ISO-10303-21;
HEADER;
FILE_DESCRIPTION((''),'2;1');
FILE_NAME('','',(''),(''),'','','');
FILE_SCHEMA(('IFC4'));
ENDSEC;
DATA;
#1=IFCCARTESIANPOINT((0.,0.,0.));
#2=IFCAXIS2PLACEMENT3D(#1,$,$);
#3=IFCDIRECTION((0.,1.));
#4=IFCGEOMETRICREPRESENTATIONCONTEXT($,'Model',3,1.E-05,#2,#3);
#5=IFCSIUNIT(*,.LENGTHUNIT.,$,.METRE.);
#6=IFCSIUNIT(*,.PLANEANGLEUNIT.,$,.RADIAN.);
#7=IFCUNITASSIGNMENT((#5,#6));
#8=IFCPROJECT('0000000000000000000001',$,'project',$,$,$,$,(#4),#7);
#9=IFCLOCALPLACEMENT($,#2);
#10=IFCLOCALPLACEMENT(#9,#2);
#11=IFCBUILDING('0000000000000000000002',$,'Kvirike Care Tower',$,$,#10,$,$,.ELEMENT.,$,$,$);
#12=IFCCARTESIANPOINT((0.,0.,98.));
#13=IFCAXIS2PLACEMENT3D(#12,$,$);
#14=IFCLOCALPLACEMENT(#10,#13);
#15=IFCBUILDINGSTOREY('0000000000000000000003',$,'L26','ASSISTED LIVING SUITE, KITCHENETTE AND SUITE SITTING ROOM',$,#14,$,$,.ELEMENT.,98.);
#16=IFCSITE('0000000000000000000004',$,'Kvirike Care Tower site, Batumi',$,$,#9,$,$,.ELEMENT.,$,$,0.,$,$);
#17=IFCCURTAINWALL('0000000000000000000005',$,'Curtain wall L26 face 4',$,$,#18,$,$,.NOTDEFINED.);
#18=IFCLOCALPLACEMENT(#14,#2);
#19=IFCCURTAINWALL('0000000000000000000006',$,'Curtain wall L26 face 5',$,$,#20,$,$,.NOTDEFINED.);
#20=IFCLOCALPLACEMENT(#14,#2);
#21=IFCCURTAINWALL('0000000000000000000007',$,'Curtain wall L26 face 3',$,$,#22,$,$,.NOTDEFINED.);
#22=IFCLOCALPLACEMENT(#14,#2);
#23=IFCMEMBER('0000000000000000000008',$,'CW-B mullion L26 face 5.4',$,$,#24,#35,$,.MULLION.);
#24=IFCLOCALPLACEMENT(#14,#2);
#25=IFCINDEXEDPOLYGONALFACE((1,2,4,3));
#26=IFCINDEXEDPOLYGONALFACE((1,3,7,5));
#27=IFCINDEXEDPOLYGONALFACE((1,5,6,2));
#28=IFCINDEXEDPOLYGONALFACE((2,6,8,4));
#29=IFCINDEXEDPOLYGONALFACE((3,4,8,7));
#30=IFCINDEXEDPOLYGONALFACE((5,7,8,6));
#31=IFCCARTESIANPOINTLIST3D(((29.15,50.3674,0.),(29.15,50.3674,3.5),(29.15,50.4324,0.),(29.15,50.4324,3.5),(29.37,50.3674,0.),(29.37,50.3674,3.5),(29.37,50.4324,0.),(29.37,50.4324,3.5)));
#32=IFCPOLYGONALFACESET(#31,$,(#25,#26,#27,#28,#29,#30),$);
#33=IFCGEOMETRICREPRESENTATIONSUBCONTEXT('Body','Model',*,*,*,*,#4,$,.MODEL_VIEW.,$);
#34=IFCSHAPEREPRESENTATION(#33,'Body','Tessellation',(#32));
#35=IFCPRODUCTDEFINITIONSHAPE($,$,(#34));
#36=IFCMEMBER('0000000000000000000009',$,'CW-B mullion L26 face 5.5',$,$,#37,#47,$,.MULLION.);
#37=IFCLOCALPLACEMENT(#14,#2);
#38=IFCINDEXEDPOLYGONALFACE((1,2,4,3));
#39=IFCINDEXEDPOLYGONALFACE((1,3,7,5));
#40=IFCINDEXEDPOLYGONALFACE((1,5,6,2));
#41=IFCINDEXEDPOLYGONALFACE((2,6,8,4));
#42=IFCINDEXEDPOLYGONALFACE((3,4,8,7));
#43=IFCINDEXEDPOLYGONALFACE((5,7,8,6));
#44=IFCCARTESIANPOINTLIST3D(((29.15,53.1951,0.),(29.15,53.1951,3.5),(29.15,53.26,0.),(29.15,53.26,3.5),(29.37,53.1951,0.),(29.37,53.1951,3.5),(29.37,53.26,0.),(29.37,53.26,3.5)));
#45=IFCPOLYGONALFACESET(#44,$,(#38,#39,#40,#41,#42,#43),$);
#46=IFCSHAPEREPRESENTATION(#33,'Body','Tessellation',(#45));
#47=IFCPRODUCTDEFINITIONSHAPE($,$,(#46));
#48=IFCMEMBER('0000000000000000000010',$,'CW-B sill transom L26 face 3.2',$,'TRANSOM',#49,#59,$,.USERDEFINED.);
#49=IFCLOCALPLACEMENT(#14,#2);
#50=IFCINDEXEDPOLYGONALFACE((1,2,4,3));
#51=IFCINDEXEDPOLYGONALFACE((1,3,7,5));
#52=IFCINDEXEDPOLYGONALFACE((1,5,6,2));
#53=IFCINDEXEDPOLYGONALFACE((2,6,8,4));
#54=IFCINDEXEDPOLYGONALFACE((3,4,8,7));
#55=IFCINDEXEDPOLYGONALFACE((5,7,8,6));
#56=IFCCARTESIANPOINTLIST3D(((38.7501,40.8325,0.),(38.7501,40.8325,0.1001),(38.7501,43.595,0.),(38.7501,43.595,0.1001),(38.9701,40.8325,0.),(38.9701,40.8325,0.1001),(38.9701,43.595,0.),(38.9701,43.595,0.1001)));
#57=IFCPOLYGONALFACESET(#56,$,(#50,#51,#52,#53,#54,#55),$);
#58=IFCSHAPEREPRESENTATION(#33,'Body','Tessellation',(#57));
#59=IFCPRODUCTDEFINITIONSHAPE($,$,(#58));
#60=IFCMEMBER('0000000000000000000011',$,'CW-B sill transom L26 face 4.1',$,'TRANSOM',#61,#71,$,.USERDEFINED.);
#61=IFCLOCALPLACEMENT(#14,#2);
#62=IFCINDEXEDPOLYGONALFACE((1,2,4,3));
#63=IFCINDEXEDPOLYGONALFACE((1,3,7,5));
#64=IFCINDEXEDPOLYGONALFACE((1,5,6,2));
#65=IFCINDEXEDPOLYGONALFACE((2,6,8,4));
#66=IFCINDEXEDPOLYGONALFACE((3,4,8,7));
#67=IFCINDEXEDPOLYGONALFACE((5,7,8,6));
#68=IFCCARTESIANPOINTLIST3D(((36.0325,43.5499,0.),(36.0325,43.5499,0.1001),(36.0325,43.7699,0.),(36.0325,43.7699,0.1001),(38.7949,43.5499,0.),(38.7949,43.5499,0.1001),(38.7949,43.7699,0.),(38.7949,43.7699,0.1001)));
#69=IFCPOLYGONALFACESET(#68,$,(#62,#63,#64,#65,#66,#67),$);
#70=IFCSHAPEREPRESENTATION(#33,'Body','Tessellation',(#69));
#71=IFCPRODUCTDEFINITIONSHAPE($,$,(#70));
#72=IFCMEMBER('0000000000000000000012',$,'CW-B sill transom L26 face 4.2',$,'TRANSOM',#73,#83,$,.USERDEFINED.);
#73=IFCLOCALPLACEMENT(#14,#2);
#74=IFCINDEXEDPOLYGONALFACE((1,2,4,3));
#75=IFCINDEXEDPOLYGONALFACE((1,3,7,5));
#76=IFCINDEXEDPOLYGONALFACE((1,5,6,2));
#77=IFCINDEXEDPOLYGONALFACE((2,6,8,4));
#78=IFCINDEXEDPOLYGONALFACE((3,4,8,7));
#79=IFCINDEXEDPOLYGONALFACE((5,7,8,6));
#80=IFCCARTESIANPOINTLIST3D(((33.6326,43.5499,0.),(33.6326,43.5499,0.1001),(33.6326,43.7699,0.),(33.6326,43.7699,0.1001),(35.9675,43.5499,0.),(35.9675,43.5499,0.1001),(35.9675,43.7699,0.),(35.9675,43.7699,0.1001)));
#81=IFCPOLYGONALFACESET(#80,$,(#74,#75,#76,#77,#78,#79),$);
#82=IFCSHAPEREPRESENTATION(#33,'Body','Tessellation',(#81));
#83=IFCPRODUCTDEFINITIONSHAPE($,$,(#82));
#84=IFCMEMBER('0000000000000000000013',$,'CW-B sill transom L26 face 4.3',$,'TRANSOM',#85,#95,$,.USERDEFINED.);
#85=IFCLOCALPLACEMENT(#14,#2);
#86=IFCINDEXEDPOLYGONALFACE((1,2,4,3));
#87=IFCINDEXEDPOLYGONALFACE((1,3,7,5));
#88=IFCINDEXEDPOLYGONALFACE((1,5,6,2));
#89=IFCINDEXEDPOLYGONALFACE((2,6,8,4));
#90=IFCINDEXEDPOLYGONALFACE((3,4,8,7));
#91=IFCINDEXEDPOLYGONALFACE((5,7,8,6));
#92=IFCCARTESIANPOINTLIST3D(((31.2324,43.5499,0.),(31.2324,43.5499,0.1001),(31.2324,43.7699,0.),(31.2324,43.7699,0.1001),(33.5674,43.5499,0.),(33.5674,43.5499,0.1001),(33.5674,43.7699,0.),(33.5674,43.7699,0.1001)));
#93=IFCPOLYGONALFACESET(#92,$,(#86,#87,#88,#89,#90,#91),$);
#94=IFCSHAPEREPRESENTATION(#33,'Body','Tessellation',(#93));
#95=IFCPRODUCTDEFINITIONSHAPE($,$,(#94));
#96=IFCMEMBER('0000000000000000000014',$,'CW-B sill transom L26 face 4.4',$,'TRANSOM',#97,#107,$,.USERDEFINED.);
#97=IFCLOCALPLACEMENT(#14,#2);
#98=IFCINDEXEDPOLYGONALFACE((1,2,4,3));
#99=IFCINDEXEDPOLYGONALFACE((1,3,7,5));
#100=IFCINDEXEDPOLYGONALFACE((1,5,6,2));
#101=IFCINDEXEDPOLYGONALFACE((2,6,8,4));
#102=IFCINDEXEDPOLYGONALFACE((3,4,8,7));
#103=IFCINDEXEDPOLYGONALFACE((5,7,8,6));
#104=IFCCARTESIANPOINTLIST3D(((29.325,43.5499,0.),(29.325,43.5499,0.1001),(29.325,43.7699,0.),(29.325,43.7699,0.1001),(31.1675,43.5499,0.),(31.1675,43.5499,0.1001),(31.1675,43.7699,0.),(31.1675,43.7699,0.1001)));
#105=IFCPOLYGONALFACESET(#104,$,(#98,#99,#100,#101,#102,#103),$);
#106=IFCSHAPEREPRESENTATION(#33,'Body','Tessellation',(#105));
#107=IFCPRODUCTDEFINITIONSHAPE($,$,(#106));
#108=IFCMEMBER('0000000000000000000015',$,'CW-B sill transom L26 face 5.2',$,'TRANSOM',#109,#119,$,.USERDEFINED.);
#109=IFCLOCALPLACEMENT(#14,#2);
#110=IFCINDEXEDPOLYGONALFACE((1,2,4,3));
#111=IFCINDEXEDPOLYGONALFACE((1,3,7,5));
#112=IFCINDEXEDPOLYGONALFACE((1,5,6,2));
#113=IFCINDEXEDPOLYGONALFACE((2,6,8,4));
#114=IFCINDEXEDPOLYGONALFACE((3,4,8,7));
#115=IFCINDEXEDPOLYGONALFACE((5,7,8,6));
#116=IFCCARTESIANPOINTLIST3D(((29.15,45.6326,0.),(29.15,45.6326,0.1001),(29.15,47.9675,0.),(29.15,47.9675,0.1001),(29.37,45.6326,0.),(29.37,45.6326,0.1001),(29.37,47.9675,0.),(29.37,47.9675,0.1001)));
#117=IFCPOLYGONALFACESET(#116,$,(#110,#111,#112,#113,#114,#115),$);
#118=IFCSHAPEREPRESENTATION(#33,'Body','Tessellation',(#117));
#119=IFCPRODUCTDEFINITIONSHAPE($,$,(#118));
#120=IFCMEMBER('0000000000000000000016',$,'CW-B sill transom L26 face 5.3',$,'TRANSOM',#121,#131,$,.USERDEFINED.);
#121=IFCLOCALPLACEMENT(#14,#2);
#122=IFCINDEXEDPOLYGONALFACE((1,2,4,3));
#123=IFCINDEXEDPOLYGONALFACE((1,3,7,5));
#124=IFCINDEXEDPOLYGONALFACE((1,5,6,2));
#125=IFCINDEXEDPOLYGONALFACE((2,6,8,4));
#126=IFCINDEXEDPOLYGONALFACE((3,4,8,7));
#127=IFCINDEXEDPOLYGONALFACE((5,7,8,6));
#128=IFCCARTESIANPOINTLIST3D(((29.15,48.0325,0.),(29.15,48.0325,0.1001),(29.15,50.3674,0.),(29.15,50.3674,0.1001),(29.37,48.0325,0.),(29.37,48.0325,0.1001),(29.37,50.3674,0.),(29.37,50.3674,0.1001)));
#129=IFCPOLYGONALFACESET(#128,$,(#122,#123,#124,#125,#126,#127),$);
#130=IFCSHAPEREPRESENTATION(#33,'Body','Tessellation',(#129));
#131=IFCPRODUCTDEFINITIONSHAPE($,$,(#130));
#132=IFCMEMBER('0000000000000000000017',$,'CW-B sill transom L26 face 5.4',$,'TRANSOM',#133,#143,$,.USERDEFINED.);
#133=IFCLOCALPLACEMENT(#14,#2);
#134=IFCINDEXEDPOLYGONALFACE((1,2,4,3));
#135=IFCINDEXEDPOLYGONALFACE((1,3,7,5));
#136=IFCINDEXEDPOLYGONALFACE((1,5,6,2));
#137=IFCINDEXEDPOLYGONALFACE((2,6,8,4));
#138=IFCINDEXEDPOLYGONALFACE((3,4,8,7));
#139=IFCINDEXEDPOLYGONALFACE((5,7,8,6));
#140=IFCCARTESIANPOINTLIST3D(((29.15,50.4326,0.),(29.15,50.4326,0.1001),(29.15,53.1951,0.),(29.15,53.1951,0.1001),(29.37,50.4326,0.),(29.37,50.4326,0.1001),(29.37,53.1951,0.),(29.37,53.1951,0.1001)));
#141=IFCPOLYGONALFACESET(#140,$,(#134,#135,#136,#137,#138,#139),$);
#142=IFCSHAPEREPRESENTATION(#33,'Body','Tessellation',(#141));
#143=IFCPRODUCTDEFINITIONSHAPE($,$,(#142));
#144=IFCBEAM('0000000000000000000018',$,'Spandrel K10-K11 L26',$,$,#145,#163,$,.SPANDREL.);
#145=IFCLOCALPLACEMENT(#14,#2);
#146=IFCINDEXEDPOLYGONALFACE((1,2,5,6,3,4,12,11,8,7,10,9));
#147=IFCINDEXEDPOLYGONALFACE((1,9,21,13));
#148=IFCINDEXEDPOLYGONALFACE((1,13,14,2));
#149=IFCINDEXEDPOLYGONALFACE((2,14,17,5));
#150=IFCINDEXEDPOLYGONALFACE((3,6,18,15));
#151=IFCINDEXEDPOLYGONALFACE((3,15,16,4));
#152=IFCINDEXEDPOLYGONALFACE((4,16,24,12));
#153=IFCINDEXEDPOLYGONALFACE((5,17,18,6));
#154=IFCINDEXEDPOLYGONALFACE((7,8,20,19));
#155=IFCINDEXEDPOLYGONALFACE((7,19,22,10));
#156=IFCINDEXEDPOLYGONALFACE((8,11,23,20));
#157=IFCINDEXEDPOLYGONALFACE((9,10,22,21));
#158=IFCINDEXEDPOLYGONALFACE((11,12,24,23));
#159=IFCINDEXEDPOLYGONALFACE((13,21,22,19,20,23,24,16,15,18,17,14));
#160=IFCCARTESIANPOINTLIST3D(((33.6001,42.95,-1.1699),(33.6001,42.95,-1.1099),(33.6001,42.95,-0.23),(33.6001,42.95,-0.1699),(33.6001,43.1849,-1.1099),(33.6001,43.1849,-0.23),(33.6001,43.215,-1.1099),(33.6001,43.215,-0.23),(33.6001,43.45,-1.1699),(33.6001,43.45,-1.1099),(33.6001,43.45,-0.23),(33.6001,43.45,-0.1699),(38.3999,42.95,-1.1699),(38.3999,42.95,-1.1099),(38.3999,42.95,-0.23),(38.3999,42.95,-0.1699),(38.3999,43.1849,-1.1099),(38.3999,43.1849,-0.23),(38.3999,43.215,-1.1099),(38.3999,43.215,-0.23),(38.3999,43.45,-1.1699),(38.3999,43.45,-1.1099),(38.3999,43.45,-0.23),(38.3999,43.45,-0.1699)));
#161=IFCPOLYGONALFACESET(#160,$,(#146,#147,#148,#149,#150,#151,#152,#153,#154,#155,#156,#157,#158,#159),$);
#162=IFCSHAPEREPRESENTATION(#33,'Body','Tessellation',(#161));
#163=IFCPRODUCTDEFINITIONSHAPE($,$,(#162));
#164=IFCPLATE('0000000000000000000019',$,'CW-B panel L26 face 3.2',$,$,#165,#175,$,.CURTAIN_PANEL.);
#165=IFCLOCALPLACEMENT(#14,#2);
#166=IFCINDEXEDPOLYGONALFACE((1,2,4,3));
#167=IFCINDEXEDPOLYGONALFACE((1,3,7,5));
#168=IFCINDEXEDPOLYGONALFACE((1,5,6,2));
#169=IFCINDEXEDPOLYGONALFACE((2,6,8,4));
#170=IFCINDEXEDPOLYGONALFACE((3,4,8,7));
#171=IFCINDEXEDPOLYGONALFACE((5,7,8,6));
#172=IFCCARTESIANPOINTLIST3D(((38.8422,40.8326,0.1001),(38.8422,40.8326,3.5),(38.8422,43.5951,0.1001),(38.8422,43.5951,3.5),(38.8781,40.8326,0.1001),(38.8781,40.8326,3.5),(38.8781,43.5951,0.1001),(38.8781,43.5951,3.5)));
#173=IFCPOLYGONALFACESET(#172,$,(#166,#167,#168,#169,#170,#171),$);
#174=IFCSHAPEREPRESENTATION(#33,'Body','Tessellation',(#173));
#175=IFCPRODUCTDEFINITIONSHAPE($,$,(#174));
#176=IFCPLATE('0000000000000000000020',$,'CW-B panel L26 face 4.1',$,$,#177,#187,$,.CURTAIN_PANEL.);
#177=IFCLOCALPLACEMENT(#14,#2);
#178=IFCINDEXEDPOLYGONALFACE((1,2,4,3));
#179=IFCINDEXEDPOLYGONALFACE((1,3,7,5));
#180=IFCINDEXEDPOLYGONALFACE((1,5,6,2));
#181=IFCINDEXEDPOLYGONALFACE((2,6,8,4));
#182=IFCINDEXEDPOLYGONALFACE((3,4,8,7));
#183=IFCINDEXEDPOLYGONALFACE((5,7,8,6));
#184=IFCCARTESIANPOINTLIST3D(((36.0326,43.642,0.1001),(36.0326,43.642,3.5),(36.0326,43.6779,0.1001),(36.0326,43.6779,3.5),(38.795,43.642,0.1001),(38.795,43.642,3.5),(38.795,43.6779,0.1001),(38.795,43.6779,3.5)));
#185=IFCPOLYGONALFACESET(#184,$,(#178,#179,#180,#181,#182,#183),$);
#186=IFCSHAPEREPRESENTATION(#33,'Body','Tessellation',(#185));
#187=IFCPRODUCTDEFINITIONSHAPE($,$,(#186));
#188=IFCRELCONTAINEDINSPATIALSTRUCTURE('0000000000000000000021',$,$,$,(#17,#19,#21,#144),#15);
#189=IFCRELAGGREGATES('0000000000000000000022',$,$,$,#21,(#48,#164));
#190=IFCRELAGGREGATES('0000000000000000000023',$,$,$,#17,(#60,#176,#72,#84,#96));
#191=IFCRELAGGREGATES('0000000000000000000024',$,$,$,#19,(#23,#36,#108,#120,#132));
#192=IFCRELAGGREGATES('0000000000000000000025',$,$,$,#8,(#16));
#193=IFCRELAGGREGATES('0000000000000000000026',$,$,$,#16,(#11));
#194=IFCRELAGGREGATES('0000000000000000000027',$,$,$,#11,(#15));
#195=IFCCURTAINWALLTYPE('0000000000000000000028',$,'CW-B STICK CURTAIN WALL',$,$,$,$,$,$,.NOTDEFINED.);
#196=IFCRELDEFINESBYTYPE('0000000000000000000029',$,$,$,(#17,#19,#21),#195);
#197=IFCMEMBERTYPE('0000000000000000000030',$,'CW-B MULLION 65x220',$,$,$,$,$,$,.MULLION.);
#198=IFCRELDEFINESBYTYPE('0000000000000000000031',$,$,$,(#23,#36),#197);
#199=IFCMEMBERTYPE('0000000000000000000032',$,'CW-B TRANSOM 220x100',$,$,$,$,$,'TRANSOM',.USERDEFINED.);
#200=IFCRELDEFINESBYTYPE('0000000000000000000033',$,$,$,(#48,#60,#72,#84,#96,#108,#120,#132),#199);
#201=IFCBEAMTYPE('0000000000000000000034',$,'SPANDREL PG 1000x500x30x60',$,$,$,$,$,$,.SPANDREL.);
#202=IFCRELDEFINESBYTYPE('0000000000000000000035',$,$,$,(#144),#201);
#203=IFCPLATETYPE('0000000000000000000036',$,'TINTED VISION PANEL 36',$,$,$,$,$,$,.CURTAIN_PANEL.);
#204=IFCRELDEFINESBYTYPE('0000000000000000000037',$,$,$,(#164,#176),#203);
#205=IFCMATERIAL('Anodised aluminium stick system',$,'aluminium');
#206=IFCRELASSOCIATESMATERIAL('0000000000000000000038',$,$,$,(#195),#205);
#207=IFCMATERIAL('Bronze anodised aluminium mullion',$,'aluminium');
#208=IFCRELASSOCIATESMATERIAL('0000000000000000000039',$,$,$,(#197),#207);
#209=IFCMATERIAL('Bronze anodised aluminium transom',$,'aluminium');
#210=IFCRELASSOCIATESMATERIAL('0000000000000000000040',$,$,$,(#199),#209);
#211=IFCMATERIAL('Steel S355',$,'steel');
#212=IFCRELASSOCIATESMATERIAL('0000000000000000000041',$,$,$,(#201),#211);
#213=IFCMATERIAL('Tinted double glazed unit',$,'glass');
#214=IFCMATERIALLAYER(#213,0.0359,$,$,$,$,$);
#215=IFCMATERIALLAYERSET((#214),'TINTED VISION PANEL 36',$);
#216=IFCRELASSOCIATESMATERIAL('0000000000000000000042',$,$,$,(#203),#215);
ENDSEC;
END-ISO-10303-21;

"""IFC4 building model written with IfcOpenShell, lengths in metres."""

from ifc_helpers import new_model, si_unit, direction, frame, origin, origin_2d, place, context, subcontext, project, spatial, rectangle, i_section, extrude, material, layer, layer_set, material_profile, profile_set, type_object, element, aggregate, save


model = new_model("IFC4")

# Units and contexts
model_context = context("Model", 3, precision=1e-05, world=origin(), true_north=direction((0.0, 1.0)))
body_context = subcontext(model_context, "Body", "Model", "MODEL_VIEW")
ifc_project = project(units=[si_unit("LENGTHUNIT", "METRE"), si_unit("PLANEANGLEUNIT", "RADIAN")], contexts=[model_context])

# Site, building, storey
site_placement = place(None, origin())
site = spatial("IfcSite", under=ifc_project, at=site_placement, Name="Kvirike Care Tower site, Batumi", CompositionType="ELEMENT", RefElevation=0.0)
building_placement = place(site_placement, origin())
building = spatial("IfcBuilding", under=site, at=building_placement, Name="Kvirike Care Tower", CompositionType="ELEMENT")
storey_placement = place(building_placement, frame((0.0, 0.0, 98.0)))
storey = spatial("IfcBuildingStorey", under=building, at=storey_placement, Name="L26", Description="ASSISTED LIVING SUITE, KITCHENETTE AND SUITE SITTING ROOM", CompositionType="ELEMENT", Elevation=98.0)

# Curtain walls
ifc_material_1 = material(Name="Anodised aluminium stick system", Category="aluminium")
curtain_wall_type = type_object("IfcCurtainWallType", Name="CW-B STICK CURTAIN WALL", PredefinedType="NOTDEFINED", material=ifc_material_1)
curtain_wall_1_placement = place(storey_placement, origin())
curtain_wall_1 = element("IfcCurtainWall", 1, at=curtain_wall_1_placement, inside=storey, type_object=curtain_wall_type, Name="Curtain wall L26 face 4", PredefinedType="NOTDEFINED")
curtain_wall_2_placement = place(storey_placement, origin())
curtain_wall_2 = element("IfcCurtainWall", 2, at=curtain_wall_2_placement, inside=storey, type_object=curtain_wall_type, Name="Curtain wall L26 face 5", PredefinedType="NOTDEFINED")

# Curtain wall
curtain_wall_3_placement = place(storey_placement, origin())
curtain_wall_3 = element("IfcCurtainWall", 3, at=curtain_wall_3_placement, inside=storey, type_object=curtain_wall_type, Name="Curtain wall L26 face 3", PredefinedType="NOTDEFINED")
ifc_material_2 = material(Name="Bronze anodised aluminium mullion", Category="aluminium")
ifc_material_profile_1 = material_profile(ifc_material_2, rectangle(XDim=0.0649, YDim=0.22, at=origin_2d()), Name="CW-B MULLION 65x220")
ifc_profile_set_1 = profile_set([ifc_material_profile_1], Name="Bronze anodised aluminium mullion")
member_type_1 = type_object("IfcMemberType", Name="CW-B MULLION 65x220", PredefinedType="MULLION", material=ifc_profile_set_1)

# Members
member_1_placement = place(storey_placement, frame((29.26, 50.3999, 0.0), z_axis=(0.0, 0.0, 1.0), x_axis=(0.0, 1.0, 0.0)))
member_1 = element("IfcMember", 4, at=member_1_placement, type_object=member_type_1, Name="CW-B mullion L26 face 5.4", PredefinedType="MULLION", context=body_context, shape_type="SweptSolid", body=[
    extrude(rectangle(XDim=0.0649, YDim=0.22, at=origin_2d()), origin(), (0.0, 0.0, 1.0), 3.5),
])
member_2_placement = place(storey_placement, frame((29.26, 53.2275, 0.0), z_axis=(0.0, 0.0, 1.0), x_axis=(0.0, 1.0, 0.0)))
member_2 = element("IfcMember", 5, at=member_2_placement, type_object=member_type_1, Name="CW-B mullion L26 face 5.5", PredefinedType="MULLION", context=body_context, shape_type="SweptSolid", body=[
    extrude(rectangle(XDim=0.0649, YDim=0.22, at=origin_2d()), origin(), (0.0, 0.0, 1.0), 3.5),
])
ifc_material_3 = material(Name="Bronze anodised aluminium transom", Category="aluminium")
ifc_material_profile_2 = material_profile(ifc_material_3, rectangle(XDim=0.22, YDim=0.1001, at=origin_2d()), Name="CW-B TRANSOM 220x100")
ifc_profile_set_2 = profile_set([ifc_material_profile_2], Name="Bronze anodised aluminium transom")
member_type_2 = type_object("IfcMemberType", Name="CW-B TRANSOM 220x100", ElementType="TRANSOM", PredefinedType="USERDEFINED", material=ifc_profile_set_2)
member_3_placement = place(storey_placement, frame((38.8601, 40.8325, 0.05), z_axis=(0.0, 1.0, 0.0), x_axis=(-1.0, 0.0, 0.0)))
member_3 = element("IfcMember", 6, at=member_3_placement, type_object=member_type_2, Name="CW-B sill transom L26 face 3.2", ObjectType="TRANSOM", PredefinedType="USERDEFINED", context=body_context, shape_type="SweptSolid", body=[
    extrude(rectangle(XDim=0.22, YDim=0.1001, at=origin_2d()), origin(), (0.0, 0.0, 1.0), 2.7625),
])
member_4_placement = place(storey_placement, frame((38.7949, 43.6599, 0.05), z_axis=(-1.0, 0.0, 0.0), x_axis=(0.0, -1.0, 0.0)))
member_4 = element("IfcMember", 7, at=member_4_placement, type_object=member_type_2, Name="CW-B sill transom L26 face 4.1", ObjectType="TRANSOM", PredefinedType="USERDEFINED", context=body_context, shape_type="SweptSolid", body=[
    extrude(rectangle(XDim=0.22, YDim=0.1001, at=origin_2d()), origin(), (0.0, 0.0, 1.0), 2.7625),
])
member_5_placement = place(storey_placement, frame((35.9675, 43.6599, 0.05), z_axis=(-1.0, 0.0, 0.0), x_axis=(0.0, -1.0, 0.0)))
member_5 = element("IfcMember", 8, at=member_5_placement, type_object=member_type_2, Name="CW-B sill transom L26 face 4.2", ObjectType="TRANSOM", PredefinedType="USERDEFINED", context=body_context, shape_type="SweptSolid", body=[
    extrude(rectangle(XDim=0.22, YDim=0.1001, at=origin_2d()), origin(), (0.0, 0.0, 1.0), 2.335),
])
member_6_placement = place(storey_placement, frame((33.5674, 43.6599, 0.05), z_axis=(-1.0, 0.0, 0.0), x_axis=(0.0, -1.0, 0.0)))
member_6 = element("IfcMember", 9, at=member_6_placement, type_object=member_type_2, Name="CW-B sill transom L26 face 4.3", ObjectType="TRANSOM", PredefinedType="USERDEFINED", context=body_context, shape_type="SweptSolid", body=[
    extrude(rectangle(XDim=0.22, YDim=0.1001, at=origin_2d()), origin(), (0.0, 0.0, 1.0), 2.335),
])
member_7_placement = place(storey_placement, frame((31.1675, 43.6599, 0.05), z_axis=(-1.0, 0.0, 0.0), x_axis=(0.0, -1.0, 0.0)))
member_7 = element("IfcMember", 10, at=member_7_placement, type_object=member_type_2, Name="CW-B sill transom L26 face 4.4", ObjectType="TRANSOM", PredefinedType="USERDEFINED", context=body_context, shape_type="SweptSolid", body=[
    extrude(rectangle(XDim=0.22, YDim=0.1001, at=origin_2d()), origin(), (0.0, 0.0, 1.0), 1.8425),
])
member_8_placement = place(storey_placement, frame((29.26, 45.6326, 0.05), z_axis=(0.0, 1.0, 0.0), x_axis=(-1.0, 0.0, 0.0)))
member_8 = element("IfcMember", 11, at=member_8_placement, type_object=member_type_2, Name="CW-B sill transom L26 face 5.2", ObjectType="TRANSOM", PredefinedType="USERDEFINED", context=body_context, shape_type="SweptSolid", body=[
    extrude(rectangle(XDim=0.22, YDim=0.1001, at=origin_2d()), origin(), (0.0, 0.0, 1.0), 2.335),
])
member_9_placement = place(storey_placement, frame((29.26, 48.0325, 0.05), z_axis=(0.0, 1.0, 0.0), x_axis=(-1.0, 0.0, 0.0)))
member_9 = element("IfcMember", 12, at=member_9_placement, type_object=member_type_2, Name="CW-B sill transom L26 face 5.3", ObjectType="TRANSOM", PredefinedType="USERDEFINED", context=body_context, shape_type="SweptSolid", body=[
    extrude(rectangle(XDim=0.22, YDim=0.1001, at=origin_2d()), origin(), (0.0, 0.0, 1.0), 2.335),
])
member_10_placement = place(storey_placement, frame((29.26, 50.4326, 0.05), z_axis=(0.0, 1.0, 0.0), x_axis=(-1.0, 0.0, 0.0)))
member_10 = element("IfcMember", 13, at=member_10_placement, type_object=member_type_2, Name="CW-B sill transom L26 face 5.4", ObjectType="TRANSOM", PredefinedType="USERDEFINED", context=body_context, shape_type="SweptSolid", body=[
    extrude(rectangle(XDim=0.22, YDim=0.1001, at=origin_2d()), origin(), (0.0, 0.0, 1.0), 2.7625),
])

# Beam
ifc_material_4 = material(Name="Steel S355", Category="steel")
ifc_material_profile_3 = material_profile(ifc_material_4, i_section(OverallWidth=0.5, OverallDepth=1.0, WebThickness=0.03, FlangeThickness=0.0601, at=origin_2d()), Name="PG 1000x500x30x60")
ifc_profile_set_3 = profile_set([ifc_material_profile_3], Name="Steel S355")
beam_type = type_object("IfcBeamType", Name="SPANDREL PG 1000x500x30x60", PredefinedType="SPANDREL", material=ifc_profile_set_3)
beam_placement = place(storey_placement, frame((33.6001, 43.2, -0.6699), z_axis=(1.0, 0.0, 0.0), x_axis=(0.0, 1.0, 0.0)))
element("IfcBeam", 14, at=beam_placement, inside=storey, type_object=beam_type, Name="Spandrel K10-K11 L26", PredefinedType="SPANDREL", context=body_context, shape_type="SweptSolid", body=[
    extrude(i_section(OverallWidth=0.5, OverallDepth=1.0, WebThickness=0.03, FlangeThickness=0.0601, at=origin_2d()), origin(), (0.0, 0.0, 1.0), 4.7998),
])

# Plates
ifc_material_5 = material(Name="Tinted double glazed unit", Category="glass")
ifc_layer_1 = layer(ifc_material_5, 0.0359)
ifc_layer_set_1 = layer_set([ifc_layer_1], Name="TINTED VISION PANEL 36")
plate_type = type_object("IfcPlateType", Name="TINTED VISION PANEL 36", PredefinedType="CURTAIN_PANEL", material=ifc_layer_set_1)
plate_1_placement = place(storey_placement, frame((38.8601, 42.2139, 0.1001), z_axis=(0.0, 0.0, 1.0), x_axis=(0.0, 1.0, 0.0)))
plate_1 = element("IfcPlate", 15, at=plate_1_placement, type_object=plate_type, Name="CW-B panel L26 face 3.2", PredefinedType="CURTAIN_PANEL", context=body_context, shape_type="SweptSolid", body=[
    extrude(rectangle(XDim=2.7625, YDim=0.0359, at=origin_2d()), origin(), (0.0, 0.0, 1.0), 3.3999),
])
aggregate(curtain_wall_3, [member_3, plate_1])
plate_2_placement = place(storey_placement, frame((37.4138, 43.6599, 0.1001), z_axis=(0.0, 0.0, 1.0), x_axis=(-1.0, 0.0, 0.0)))
plate_2 = element("IfcPlate", 16, at=plate_2_placement, type_object=plate_type, Name="CW-B panel L26 face 4.1", PredefinedType="CURTAIN_PANEL", context=body_context, shape_type="SweptSolid", body=[
    extrude(rectangle(XDim=2.7625, YDim=0.0359, at=origin_2d()), origin(), (0.0, 0.0, 1.0), 3.3999),
])
aggregate(curtain_wall_1, [member_4, plate_2, member_5, member_6, member_7])
aggregate(curtain_wall_2, [member_1, member_2, member_8, member_9, member_10])

save(model, "model.ifc")
